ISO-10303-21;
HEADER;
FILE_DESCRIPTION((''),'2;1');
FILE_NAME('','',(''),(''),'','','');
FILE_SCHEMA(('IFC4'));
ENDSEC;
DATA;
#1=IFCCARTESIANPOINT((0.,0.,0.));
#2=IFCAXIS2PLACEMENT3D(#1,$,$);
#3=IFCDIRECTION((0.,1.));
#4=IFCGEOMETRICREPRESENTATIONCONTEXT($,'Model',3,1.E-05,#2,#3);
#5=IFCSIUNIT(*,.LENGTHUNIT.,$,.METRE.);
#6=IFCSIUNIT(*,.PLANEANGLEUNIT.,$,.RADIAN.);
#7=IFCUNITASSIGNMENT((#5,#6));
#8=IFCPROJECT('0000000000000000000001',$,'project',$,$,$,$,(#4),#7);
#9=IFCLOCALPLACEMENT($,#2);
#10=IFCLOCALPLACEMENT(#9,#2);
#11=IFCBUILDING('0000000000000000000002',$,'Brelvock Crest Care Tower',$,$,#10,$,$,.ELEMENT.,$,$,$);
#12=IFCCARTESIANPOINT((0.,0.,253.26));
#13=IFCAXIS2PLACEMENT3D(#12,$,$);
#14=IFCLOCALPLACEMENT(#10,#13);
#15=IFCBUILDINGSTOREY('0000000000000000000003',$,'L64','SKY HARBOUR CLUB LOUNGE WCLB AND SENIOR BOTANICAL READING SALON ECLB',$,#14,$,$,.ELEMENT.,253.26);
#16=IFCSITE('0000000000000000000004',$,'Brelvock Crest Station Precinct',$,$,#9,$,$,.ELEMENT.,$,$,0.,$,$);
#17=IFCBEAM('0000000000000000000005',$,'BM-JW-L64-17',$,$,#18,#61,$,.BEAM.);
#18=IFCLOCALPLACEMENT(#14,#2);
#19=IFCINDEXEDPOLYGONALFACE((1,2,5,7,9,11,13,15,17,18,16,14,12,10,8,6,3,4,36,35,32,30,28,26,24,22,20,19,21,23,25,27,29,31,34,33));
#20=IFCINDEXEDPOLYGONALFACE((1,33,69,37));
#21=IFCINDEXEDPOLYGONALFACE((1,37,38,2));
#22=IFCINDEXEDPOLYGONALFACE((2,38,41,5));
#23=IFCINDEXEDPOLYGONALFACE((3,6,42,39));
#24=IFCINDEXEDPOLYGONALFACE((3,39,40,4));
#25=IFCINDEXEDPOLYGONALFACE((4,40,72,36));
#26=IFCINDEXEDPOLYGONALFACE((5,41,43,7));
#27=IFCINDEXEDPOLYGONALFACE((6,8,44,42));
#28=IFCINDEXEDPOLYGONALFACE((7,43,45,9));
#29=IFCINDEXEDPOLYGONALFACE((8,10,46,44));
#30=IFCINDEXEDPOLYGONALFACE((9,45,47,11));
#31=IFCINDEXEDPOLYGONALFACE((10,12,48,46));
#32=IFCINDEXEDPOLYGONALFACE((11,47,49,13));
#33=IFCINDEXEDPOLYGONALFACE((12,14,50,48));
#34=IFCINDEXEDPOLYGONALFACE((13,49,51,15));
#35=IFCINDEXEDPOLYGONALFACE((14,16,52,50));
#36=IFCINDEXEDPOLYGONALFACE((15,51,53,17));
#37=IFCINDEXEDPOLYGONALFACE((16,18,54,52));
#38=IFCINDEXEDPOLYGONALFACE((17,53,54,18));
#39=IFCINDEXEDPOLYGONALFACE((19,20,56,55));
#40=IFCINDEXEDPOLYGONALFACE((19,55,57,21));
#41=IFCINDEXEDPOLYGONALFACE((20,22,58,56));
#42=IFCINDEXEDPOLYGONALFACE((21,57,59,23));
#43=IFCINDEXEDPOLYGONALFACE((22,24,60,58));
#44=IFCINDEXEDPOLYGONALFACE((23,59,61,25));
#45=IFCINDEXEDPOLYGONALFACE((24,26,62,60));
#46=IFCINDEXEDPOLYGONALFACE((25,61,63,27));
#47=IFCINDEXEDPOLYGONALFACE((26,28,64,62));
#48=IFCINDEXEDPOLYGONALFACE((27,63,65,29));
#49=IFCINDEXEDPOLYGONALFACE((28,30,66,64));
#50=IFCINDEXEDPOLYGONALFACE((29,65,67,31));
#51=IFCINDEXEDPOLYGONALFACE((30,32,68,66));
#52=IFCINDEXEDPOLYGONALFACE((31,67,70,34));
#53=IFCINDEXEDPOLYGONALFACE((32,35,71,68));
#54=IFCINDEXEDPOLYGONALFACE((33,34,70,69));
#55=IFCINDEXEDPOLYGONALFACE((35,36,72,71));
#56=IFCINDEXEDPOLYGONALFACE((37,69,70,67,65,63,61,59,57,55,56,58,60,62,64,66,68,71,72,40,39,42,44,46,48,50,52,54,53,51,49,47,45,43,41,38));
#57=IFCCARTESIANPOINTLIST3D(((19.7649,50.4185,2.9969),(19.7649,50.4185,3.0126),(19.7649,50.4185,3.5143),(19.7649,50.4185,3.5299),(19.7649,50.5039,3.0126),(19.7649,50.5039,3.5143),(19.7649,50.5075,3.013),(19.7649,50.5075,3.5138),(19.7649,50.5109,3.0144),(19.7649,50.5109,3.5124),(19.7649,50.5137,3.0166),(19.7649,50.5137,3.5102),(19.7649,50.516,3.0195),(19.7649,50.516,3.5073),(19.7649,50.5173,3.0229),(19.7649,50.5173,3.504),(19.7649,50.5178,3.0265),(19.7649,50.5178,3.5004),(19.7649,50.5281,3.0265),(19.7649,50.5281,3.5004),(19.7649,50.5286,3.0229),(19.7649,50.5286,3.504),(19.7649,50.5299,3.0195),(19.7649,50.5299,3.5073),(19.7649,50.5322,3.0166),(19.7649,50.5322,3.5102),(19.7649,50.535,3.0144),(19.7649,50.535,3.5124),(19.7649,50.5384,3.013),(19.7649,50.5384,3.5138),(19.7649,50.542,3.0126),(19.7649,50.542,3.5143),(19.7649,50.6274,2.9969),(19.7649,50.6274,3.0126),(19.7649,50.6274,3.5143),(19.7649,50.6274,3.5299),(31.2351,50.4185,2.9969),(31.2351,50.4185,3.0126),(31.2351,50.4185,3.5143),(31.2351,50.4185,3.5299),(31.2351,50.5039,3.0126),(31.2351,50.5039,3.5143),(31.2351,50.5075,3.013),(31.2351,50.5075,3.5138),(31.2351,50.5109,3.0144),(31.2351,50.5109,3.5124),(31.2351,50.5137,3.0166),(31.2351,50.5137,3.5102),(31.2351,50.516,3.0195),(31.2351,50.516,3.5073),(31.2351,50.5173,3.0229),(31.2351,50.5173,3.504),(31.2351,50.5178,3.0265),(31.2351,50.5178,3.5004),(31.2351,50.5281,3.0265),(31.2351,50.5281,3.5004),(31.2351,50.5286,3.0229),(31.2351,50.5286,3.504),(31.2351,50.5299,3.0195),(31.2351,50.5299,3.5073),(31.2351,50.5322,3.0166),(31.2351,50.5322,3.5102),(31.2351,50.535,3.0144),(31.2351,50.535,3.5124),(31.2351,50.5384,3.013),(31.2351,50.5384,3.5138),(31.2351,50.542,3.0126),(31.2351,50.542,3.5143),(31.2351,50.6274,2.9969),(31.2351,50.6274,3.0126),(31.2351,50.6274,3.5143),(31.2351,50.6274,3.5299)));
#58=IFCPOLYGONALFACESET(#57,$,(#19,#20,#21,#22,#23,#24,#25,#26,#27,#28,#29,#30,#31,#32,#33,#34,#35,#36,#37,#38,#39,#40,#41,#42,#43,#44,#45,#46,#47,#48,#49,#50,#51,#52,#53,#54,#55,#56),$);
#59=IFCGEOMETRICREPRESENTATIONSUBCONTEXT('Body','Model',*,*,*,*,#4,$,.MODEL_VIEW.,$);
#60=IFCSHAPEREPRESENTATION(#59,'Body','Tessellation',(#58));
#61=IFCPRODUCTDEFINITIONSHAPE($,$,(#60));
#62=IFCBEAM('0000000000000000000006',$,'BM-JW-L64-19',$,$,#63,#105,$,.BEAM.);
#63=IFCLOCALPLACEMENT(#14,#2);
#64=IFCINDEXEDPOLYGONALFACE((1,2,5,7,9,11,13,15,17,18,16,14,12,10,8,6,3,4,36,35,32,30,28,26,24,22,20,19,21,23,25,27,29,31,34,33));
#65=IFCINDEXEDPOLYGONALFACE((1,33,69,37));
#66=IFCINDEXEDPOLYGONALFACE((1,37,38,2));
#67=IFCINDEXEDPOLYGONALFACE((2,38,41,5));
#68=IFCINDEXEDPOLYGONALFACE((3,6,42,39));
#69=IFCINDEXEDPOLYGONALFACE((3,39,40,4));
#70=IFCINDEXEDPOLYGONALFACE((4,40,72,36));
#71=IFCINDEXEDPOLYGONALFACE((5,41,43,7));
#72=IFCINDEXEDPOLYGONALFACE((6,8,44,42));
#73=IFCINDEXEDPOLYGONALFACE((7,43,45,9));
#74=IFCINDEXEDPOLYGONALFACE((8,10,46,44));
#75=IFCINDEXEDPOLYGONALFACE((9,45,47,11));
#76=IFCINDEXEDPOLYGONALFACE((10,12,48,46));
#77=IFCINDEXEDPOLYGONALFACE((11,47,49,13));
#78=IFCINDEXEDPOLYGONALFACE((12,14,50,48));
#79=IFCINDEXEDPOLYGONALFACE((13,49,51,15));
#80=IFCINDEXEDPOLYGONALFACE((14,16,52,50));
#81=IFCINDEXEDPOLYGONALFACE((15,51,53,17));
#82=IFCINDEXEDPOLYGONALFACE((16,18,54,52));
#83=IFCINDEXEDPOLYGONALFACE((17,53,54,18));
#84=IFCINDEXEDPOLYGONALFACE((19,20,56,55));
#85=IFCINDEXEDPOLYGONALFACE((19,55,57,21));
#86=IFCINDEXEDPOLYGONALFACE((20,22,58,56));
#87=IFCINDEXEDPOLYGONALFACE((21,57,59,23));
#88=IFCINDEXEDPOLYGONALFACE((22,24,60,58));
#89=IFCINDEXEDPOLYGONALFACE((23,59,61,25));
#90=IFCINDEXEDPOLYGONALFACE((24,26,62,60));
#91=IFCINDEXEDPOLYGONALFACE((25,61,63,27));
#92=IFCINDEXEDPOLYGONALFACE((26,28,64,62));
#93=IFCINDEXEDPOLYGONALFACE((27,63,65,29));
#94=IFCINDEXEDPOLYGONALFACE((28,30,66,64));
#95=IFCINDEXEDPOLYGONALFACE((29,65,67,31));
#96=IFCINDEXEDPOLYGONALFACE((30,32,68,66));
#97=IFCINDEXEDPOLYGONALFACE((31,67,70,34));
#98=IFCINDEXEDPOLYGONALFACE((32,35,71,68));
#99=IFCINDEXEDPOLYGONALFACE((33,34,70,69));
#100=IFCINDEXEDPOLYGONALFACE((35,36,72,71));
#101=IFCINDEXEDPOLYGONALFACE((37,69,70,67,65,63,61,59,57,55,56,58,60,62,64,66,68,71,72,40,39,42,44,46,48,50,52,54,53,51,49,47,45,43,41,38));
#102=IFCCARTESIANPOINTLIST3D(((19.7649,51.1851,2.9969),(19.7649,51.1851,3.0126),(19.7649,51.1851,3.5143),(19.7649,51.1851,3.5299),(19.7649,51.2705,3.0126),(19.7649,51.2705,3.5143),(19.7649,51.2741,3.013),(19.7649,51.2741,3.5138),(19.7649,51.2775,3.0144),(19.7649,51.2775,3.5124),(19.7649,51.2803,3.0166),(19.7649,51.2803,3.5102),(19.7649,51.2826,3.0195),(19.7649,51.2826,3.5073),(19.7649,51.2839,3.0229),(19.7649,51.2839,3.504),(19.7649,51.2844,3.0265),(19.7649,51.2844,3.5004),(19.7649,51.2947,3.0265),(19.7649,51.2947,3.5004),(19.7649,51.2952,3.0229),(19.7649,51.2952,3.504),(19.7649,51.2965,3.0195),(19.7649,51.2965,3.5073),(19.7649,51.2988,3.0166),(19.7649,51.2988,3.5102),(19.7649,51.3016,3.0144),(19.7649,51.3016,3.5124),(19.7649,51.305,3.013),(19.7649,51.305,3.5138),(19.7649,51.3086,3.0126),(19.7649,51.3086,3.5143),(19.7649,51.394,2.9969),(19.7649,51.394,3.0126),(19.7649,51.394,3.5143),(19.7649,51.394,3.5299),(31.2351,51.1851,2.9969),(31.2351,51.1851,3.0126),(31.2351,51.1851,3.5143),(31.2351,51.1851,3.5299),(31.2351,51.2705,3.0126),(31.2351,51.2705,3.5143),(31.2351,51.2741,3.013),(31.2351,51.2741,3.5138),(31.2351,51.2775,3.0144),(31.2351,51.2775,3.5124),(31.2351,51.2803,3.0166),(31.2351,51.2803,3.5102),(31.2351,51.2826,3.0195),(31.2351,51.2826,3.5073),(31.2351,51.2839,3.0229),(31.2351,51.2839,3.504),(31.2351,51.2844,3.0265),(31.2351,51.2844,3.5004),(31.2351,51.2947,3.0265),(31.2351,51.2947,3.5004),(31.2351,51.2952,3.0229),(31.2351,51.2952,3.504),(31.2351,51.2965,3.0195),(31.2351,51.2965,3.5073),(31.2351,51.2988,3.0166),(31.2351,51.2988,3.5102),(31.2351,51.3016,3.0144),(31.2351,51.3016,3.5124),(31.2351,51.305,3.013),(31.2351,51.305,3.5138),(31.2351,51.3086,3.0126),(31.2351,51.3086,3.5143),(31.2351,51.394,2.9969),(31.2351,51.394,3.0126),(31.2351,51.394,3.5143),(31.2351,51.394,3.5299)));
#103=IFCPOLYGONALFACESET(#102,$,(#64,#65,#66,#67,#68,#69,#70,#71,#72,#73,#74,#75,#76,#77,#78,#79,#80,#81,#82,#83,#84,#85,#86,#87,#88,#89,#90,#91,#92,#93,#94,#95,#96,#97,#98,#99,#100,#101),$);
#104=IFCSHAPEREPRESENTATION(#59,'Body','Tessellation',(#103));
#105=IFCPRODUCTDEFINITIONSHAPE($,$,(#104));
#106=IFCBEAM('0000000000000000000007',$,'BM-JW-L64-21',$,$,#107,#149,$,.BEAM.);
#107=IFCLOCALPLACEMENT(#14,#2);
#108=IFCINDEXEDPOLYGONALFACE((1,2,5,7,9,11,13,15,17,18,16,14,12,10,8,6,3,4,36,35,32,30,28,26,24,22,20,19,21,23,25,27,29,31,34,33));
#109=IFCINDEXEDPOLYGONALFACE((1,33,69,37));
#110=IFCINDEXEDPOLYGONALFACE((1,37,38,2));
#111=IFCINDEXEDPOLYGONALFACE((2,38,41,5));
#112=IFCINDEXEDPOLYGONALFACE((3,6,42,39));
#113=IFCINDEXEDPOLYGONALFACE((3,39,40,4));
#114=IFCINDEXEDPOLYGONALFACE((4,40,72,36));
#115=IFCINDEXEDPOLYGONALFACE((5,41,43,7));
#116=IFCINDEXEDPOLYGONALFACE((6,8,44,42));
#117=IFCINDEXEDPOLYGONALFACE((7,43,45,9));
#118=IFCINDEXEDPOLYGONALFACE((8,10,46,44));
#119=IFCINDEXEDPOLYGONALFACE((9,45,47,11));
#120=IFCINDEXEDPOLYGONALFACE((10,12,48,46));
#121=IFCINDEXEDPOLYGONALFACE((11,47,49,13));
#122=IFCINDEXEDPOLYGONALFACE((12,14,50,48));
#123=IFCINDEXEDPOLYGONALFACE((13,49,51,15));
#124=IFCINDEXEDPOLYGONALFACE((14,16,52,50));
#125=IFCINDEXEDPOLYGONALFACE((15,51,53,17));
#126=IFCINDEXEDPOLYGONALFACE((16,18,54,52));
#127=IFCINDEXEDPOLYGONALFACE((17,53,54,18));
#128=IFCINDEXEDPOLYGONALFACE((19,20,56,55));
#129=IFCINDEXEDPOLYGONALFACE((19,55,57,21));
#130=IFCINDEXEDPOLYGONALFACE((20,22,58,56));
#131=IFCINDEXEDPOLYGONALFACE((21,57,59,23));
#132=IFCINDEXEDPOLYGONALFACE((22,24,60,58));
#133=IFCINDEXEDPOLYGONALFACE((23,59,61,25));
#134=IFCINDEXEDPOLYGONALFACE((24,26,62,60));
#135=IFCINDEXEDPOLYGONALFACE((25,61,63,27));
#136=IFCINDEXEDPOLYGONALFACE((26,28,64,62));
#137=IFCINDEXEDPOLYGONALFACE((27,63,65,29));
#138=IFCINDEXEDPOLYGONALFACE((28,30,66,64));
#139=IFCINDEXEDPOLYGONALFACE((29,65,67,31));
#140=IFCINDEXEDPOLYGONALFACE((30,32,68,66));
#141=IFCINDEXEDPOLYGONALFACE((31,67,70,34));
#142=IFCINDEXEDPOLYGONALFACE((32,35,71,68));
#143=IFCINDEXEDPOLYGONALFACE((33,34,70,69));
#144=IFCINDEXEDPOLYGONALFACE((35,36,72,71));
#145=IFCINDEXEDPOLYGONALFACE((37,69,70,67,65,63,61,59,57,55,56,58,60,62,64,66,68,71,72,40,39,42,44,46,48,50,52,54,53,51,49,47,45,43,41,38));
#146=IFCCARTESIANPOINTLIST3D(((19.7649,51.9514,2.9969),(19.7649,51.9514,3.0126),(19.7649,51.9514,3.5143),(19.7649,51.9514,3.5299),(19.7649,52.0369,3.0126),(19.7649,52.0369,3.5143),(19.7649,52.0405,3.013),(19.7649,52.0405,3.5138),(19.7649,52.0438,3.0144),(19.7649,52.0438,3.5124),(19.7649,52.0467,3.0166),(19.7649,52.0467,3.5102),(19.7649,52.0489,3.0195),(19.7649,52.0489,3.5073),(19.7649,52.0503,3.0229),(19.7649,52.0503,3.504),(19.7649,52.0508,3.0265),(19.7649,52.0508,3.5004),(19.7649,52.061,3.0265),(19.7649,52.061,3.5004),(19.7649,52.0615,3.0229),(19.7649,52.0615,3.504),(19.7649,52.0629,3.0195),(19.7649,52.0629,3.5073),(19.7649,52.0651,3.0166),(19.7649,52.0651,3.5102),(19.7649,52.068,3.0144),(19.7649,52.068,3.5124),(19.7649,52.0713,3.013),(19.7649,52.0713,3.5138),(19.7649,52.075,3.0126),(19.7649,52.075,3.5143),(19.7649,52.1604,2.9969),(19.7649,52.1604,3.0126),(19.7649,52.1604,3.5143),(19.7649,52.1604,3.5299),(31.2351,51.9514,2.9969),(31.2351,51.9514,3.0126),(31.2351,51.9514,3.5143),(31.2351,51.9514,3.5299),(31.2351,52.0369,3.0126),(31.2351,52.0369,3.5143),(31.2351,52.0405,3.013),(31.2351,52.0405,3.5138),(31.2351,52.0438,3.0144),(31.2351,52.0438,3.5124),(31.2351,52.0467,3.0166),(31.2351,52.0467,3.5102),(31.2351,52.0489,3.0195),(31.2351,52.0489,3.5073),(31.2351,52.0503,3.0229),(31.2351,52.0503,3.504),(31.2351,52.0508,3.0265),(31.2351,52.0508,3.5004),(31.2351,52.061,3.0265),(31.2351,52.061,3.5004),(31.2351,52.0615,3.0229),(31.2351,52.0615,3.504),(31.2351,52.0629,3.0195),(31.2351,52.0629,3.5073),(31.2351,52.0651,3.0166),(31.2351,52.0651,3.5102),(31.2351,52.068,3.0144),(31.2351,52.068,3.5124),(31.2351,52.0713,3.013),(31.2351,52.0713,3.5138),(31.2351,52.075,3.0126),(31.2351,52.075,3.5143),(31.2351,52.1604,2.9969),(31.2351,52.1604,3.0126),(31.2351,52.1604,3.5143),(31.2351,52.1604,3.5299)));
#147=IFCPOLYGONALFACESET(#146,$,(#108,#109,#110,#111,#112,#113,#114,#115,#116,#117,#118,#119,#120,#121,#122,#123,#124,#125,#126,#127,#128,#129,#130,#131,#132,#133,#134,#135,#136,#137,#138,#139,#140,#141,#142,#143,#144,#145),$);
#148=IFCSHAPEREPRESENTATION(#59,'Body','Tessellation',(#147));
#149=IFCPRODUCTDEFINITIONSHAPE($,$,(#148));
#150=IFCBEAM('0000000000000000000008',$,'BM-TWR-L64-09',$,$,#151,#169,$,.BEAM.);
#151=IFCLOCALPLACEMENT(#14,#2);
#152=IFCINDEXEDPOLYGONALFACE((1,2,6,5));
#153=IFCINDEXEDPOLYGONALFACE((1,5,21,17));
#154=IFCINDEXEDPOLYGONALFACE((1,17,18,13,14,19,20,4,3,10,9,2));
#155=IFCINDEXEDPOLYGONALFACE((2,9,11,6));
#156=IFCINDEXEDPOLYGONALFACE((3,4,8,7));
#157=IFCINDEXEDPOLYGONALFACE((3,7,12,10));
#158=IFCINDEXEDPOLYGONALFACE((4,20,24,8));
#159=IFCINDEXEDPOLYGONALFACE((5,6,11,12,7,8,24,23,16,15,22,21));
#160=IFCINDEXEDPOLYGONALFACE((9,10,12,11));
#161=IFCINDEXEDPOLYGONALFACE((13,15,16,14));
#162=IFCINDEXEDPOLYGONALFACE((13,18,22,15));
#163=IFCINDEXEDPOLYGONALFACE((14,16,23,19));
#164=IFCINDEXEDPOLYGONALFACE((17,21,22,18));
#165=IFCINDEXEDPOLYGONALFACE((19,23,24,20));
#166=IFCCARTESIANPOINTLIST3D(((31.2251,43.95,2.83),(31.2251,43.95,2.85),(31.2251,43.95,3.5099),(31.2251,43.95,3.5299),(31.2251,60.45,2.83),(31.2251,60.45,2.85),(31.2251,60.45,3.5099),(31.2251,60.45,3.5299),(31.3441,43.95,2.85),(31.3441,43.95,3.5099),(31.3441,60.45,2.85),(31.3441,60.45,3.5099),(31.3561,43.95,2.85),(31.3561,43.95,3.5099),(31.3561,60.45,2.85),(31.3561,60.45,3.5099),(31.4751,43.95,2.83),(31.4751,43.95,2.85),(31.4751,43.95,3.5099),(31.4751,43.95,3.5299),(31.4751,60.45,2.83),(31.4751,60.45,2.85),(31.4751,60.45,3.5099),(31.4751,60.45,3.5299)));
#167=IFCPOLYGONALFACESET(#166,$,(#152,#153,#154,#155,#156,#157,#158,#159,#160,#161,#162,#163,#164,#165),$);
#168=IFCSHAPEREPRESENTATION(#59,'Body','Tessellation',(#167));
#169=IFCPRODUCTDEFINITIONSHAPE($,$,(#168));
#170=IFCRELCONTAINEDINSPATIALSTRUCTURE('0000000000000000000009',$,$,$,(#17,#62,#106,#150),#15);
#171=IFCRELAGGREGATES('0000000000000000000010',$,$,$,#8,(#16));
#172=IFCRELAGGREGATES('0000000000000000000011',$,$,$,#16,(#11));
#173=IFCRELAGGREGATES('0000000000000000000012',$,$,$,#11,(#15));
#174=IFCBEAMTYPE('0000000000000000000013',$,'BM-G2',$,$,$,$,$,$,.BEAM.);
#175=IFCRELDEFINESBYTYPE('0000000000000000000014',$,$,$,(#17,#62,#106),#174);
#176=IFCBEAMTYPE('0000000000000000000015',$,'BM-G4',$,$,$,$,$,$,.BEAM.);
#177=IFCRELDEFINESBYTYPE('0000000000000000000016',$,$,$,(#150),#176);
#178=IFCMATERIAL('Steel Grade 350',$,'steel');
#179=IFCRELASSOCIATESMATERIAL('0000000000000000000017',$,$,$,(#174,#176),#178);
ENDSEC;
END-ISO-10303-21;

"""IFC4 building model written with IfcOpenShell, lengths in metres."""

from ifc_helpers import new_model, si_unit, direction, frame, origin, origin_2d, place, context, subcontext, project, spatial, i_section, extrude, source, transform, mapped, material, material_profile, profile_set, type_object, element, save


model = new_model("IFC4")

# Units and contexts
model_context = context("Model", 3, precision=1e-05, world=origin(), true_north=direction((0.0, 1.0)))
body_context = subcontext(model_context, "Body", "Model", "MODEL_VIEW")
ifc_project = project(units=[si_unit("LENGTHUNIT", "METRE"), si_unit("PLANEANGLEUNIT", "RADIAN")], contexts=[model_context])

# Site, building, storey
site_placement = place(None, origin())
site = spatial("IfcSite", under=ifc_project, at=site_placement, Name="Brelvock Crest Station Precinct", CompositionType="ELEMENT", RefElevation=0.0)
building_placement = place(site_placement, origin())
building = spatial("IfcBuilding", under=site, at=building_placement, Name="Brelvock Crest Care Tower", CompositionType="ELEMENT")
storey_placement = place(building_placement, frame((0.0, 0.0, 253.26)))
storey = spatial("IfcBuildingStorey", under=building, at=storey_placement, Name="L64", Description="SKY HARBOUR CLUB LOUNGE WCLB AND SENIOR BOTANICAL READING SALON ECLB", CompositionType="ELEMENT", Elevation=253.26)

# Beams
ifc_material = material(Name="Steel Grade 350", Category="steel")
ifc_material_profile_1 = material_profile(ifc_material, i_section(OverallWidth=0.209, OverallDepth=0.533, WebThickness=0.0103, FlangeThickness=0.0156, FilletRadius=0.0139, at=origin_2d()), Name="530UB92.4")
ifc_profile_set_1 = profile_set([ifc_material_profile_1], Name="Steel Grade 350")
beam_type_1 = type_object("IfcBeamType", Name="BM-G2", PredefinedType="BEAM", material=ifc_profile_set_1)
shared_shape_1 = source(origin(), body_context, "Body", "SweptSolid", [
    extrude(i_section(OverallWidth=0.209, OverallDepth=0.533, WebThickness=0.0103, FlangeThickness=0.0156, FilletRadius=0.0139, at=origin_2d()), origin(), (0.0, 0.0, 1.0), 11.4702),
])
for number, where, z_axis, x_axis, name in (
    (1, (19.7649, 50.5229, 3.2634), (1.0, 0.0, 0.0), (0.0, 1.0, 0.0), "BM-JW-L64-17"),
    (2, (19.7649, 51.2896, 3.2634), (1.0, 0.0, 0.0), (0.0, 1.0, 0.0), "BM-JW-L64-19"),
    (3, (19.7649, 52.0559, 3.2634), (1.0, 0.0, 0.0), (0.0, 1.0, 0.0), "BM-JW-L64-21"),
):
    element("IfcBeam", number, at=place(storey_placement, frame(where, z_axis=z_axis, x_axis=x_axis)), inside=storey, type_object=beam_type_1, Name=name, PredefinedType="BEAM", context=body_context, shape_type="MappedRepresentation", body=[
        mapped(shared_shape_1, transform((0.0, 0.0, 0.0), x_axis=(1.0, 0.0, 0.0), y_axis=(0.0, 1.0, 0.0), z_axis=(0.0, 0.0, 1.0), scale=1.0)),
    ])
ifc_material_profile_2 = material_profile(ifc_material, i_section(OverallWidth=0.25, OverallDepth=0.7, WebThickness=0.012, FlangeThickness=0.02, at=origin_2d()), Name="700WB150")
ifc_profile_set_2 = profile_set([ifc_material_profile_2], Name="Steel Grade 350")
beam_type_2 = type_object("IfcBeamType", Name="BM-G4", PredefinedType="BEAM", material=ifc_profile_set_2)
shared_shape_2 = source(origin(), body_context, "Body", "SweptSolid", [
    extrude(i_section(OverallWidth=0.25, OverallDepth=0.7, WebThickness=0.012, FlangeThickness=0.02, at=origin_2d()), origin(), (0.0, 0.0, 1.0), 16.5),
])
beam_1_placement = place(storey_placement, frame((31.3501, 43.95, 3.1799), z_axis=(0.0, 1.0, 0.0), x_axis=(-1.0, 0.0, 0.0)))
element("IfcBeam", 4, at=beam_1_placement, inside=storey, type_object=beam_type_2, Name="BM-TWR-L64-09", PredefinedType="BEAM", context=body_context, shape_type="MappedRepresentation", body=[
    mapped(shared_shape_2, transform((0.0, 0.0, 0.0), x_axis=(1.0, 0.0, 0.0), y_axis=(0.0, 1.0, 0.0), z_axis=(0.0, 0.0, 1.0), scale=1.0)),
])

save(model, "model.ifc")
